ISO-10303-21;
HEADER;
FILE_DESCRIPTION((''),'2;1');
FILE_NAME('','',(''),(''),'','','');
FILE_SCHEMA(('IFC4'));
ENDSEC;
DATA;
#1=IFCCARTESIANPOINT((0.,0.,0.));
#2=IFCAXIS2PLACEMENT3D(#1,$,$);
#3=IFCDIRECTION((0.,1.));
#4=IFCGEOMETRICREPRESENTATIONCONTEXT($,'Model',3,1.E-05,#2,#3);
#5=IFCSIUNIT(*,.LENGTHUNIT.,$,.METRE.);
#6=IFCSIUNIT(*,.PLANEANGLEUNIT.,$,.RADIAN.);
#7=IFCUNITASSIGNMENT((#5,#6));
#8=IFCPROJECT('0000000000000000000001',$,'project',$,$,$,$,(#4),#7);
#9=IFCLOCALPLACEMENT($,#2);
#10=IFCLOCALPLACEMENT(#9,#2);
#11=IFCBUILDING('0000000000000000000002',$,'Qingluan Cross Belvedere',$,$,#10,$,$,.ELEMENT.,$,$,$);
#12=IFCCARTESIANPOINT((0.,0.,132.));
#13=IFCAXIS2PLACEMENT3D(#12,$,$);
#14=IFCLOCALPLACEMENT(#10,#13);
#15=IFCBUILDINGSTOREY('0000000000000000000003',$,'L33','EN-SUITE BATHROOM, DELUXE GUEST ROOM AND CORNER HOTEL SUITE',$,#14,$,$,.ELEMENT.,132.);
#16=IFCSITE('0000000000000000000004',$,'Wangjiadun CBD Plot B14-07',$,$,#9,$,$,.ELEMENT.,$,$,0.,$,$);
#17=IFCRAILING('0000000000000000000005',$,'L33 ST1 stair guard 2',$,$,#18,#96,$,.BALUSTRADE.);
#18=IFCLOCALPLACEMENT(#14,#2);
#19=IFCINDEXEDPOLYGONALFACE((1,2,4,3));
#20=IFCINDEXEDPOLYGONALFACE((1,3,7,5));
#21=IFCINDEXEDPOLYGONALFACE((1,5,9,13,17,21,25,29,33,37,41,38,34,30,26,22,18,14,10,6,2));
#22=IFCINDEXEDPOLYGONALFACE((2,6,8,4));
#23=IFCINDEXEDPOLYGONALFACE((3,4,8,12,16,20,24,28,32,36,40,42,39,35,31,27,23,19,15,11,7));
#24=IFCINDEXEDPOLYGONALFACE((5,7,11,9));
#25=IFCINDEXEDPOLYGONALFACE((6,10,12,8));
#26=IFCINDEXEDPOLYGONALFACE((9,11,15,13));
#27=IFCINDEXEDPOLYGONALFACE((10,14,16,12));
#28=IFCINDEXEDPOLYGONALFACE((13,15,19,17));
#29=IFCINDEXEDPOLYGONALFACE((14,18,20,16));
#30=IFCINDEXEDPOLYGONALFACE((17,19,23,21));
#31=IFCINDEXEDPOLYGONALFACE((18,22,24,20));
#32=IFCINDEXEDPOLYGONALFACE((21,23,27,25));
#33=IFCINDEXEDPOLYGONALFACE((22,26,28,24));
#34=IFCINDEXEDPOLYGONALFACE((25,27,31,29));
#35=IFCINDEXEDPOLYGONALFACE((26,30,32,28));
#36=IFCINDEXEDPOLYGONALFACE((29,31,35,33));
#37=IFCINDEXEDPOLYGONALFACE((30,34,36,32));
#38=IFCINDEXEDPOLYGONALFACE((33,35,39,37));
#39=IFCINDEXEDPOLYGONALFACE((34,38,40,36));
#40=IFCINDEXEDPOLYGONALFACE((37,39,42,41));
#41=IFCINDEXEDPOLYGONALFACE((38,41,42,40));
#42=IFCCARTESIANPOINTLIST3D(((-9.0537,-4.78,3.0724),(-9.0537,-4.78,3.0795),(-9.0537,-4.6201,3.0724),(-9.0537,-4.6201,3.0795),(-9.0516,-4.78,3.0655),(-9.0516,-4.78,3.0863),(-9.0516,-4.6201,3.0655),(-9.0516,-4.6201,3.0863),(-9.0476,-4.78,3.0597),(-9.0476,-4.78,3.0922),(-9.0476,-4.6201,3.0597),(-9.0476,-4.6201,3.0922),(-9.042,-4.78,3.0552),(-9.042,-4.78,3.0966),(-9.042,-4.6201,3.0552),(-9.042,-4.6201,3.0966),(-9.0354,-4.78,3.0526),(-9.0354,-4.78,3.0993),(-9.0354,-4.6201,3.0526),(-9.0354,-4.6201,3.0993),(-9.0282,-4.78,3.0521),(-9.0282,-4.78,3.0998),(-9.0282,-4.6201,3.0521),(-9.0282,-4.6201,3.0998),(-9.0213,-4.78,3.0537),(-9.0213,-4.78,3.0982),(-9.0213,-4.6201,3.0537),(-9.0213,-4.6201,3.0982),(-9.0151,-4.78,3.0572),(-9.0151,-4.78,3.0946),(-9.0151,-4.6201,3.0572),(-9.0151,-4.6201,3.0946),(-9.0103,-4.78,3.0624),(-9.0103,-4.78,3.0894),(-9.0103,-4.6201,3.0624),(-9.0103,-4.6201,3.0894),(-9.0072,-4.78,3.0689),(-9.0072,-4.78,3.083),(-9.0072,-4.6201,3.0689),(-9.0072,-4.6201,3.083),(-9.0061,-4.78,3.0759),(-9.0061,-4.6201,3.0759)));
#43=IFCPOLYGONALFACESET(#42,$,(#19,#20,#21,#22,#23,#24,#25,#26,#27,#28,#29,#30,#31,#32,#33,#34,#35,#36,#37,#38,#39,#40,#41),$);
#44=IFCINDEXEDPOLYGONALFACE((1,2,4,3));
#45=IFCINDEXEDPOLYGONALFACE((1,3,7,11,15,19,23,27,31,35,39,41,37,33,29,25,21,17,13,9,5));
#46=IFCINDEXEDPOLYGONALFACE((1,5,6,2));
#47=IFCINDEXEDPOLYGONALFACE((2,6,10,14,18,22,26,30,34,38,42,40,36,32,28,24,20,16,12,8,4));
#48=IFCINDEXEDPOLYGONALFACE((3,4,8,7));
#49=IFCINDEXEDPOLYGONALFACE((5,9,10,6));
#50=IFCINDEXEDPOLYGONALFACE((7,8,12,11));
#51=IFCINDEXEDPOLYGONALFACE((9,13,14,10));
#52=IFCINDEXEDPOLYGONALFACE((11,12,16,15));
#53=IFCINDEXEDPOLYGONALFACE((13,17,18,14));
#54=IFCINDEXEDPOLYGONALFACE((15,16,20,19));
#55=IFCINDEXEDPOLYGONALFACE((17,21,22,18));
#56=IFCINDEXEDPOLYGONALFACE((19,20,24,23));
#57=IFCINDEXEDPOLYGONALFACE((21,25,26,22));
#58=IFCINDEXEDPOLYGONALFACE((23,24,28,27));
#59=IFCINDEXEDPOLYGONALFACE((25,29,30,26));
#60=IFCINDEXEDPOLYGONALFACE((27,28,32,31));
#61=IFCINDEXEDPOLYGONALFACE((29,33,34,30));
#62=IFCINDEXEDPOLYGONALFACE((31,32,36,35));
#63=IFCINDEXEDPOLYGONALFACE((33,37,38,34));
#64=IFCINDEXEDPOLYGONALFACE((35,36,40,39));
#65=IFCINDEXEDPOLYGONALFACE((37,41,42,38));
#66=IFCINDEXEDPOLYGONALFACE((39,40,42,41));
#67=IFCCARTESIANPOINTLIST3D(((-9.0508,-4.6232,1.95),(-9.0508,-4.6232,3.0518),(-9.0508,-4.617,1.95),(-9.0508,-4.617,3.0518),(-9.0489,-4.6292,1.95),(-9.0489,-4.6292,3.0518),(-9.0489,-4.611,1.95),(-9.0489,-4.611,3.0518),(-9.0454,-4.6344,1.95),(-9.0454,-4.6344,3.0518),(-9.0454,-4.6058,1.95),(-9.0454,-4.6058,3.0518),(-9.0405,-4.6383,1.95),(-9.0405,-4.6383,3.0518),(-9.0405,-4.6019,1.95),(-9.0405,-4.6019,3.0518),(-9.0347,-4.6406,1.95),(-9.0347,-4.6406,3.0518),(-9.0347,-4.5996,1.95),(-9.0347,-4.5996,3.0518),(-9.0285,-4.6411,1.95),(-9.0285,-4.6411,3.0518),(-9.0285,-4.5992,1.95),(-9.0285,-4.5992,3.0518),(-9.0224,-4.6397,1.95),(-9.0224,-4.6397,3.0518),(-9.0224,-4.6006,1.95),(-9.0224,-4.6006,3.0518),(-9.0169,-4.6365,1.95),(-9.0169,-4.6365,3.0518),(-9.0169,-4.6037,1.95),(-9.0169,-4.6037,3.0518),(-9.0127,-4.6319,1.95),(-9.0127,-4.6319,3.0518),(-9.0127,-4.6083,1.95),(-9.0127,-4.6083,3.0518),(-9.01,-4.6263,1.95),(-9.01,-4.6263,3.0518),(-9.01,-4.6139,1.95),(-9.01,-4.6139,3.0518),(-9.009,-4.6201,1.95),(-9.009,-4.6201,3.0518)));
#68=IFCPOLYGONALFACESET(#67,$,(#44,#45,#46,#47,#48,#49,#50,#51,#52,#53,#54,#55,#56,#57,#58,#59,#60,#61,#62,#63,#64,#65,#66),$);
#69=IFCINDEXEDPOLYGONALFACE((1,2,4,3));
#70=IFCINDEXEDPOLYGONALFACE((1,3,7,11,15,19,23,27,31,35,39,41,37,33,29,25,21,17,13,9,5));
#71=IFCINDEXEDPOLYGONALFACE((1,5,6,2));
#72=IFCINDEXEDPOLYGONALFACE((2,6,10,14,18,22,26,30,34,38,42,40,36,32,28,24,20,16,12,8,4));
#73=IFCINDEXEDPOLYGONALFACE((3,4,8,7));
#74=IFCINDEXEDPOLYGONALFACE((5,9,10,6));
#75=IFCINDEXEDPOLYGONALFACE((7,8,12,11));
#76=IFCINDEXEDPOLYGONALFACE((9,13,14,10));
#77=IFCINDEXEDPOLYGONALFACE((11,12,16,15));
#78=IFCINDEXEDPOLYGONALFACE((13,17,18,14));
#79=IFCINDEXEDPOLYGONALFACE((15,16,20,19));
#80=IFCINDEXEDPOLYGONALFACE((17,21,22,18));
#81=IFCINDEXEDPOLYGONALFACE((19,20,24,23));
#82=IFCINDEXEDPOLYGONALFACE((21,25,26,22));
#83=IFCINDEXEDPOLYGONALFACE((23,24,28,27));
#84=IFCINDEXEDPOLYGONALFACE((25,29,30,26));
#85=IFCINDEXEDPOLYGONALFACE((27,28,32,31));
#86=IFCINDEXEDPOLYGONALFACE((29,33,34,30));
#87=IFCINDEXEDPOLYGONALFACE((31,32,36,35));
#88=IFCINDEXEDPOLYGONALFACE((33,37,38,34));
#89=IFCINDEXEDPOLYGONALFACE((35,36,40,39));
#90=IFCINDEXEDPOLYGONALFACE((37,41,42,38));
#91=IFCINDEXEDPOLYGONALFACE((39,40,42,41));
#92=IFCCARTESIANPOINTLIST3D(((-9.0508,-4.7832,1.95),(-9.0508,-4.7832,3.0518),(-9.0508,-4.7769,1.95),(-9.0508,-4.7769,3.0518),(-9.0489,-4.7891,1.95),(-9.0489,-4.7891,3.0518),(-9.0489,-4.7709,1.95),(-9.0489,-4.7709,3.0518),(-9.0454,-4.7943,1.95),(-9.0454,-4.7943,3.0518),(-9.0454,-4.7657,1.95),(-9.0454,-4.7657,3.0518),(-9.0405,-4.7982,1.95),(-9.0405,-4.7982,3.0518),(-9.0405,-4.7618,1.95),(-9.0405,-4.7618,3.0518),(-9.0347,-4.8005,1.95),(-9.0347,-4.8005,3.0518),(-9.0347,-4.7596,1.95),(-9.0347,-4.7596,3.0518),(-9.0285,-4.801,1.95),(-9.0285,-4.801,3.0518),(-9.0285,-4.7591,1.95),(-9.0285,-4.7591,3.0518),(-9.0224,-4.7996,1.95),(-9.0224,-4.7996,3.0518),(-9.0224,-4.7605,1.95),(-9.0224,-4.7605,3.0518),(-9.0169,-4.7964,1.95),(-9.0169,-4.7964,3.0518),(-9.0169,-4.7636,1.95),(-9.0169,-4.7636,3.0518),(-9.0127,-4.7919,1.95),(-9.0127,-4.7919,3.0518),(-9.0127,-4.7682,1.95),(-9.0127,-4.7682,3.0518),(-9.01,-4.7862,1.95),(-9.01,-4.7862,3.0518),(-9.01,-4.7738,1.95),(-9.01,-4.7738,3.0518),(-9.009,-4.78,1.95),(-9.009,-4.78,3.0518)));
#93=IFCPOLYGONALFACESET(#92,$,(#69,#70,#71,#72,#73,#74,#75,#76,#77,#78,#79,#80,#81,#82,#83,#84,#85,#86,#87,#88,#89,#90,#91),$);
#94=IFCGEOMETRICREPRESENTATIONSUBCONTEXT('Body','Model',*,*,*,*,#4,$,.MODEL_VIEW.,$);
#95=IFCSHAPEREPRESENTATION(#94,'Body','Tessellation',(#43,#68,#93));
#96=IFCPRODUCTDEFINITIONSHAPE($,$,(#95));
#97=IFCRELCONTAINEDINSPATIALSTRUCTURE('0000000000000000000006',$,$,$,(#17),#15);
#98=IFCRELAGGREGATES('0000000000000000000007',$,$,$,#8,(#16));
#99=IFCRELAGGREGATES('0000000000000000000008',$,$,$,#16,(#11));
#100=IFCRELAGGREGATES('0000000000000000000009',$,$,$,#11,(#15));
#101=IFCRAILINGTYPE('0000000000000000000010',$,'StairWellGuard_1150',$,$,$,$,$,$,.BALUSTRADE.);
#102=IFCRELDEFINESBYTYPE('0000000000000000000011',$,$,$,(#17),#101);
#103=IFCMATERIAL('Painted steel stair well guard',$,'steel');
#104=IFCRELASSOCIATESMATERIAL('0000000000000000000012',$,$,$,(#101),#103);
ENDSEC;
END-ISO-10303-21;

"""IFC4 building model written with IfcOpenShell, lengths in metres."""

from ifc_helpers import new_model, si_unit, direction, frame, origin, origin_2d, place, context, subcontext, project, spatial, circle, extrude, material, type_object, element, save


model = new_model("IFC4")

# Units and contexts
model_context = context("Model", 3, precision=1e-05, world=origin(), true_north=direction((0.0, 1.0)))
body_context = subcontext(model_context, "Body", "Model", "MODEL_VIEW")
ifc_project = project(units=[si_unit("LENGTHUNIT", "METRE"), si_unit("PLANEANGLEUNIT", "RADIAN")], contexts=[model_context])

# Site, building, storey
site_placement = place(None, origin())
site = spatial("IfcSite", under=ifc_project, at=site_placement, Name="Wangjiadun CBD Plot B14-07", CompositionType="ELEMENT", RefElevation=0.0)
building_placement = place(site_placement, origin())
building = spatial("IfcBuilding", under=site, at=building_placement, Name="Qingluan Cross Belvedere", CompositionType="ELEMENT")
storey_placement = place(building_placement, frame((0.0, 0.0, 132.0)))
storey = spatial("IfcBuildingStorey", under=building, at=storey_placement, Name="L33", Description="EN-SUITE BATHROOM, DELUXE GUEST ROOM AND CORNER HOTEL SUITE", CompositionType="ELEMENT", Elevation=132.0)

# Railing
ifc_material_1 = material(Name="Painted steel stair well guard", Category="steel")
railing_type_1 = type_object("IfcRailingType", Name="StairWellGuard_1150", PredefinedType="BALUSTRADE", material=ifc_material_1)
railing_1_placement = place(storey_placement, frame((-9.03, -4.6201, 1.95)))
element("IfcRailing", 1, at=railing_1_placement, inside=storey, type_object=railing_type_1, Name="L33 ST1 stair guard 2", PredefinedType="BALUSTRADE", context=body_context, shape_type="SweptSolid", body=[
    extrude(circle(Radius=0.0239, at=origin_2d()), frame((0.0, 0.0, 1.126), z_axis=(0.0, -1.0, 0.0), x_axis=(1.0, 0.0, 0.0)), (0.0, 0.0, 1.0), 0.1599),
    extrude(circle(Radius=0.021, at=origin_2d()), origin(), (0.0, 0.0, 1.0), 1.1018),
    extrude(circle(Radius=0.021, at=origin_2d()), frame((0.0, -0.1599, 0.0)), (0.0, 0.0, 1.0), 1.1018),
])

save(model, "model.ifc")
